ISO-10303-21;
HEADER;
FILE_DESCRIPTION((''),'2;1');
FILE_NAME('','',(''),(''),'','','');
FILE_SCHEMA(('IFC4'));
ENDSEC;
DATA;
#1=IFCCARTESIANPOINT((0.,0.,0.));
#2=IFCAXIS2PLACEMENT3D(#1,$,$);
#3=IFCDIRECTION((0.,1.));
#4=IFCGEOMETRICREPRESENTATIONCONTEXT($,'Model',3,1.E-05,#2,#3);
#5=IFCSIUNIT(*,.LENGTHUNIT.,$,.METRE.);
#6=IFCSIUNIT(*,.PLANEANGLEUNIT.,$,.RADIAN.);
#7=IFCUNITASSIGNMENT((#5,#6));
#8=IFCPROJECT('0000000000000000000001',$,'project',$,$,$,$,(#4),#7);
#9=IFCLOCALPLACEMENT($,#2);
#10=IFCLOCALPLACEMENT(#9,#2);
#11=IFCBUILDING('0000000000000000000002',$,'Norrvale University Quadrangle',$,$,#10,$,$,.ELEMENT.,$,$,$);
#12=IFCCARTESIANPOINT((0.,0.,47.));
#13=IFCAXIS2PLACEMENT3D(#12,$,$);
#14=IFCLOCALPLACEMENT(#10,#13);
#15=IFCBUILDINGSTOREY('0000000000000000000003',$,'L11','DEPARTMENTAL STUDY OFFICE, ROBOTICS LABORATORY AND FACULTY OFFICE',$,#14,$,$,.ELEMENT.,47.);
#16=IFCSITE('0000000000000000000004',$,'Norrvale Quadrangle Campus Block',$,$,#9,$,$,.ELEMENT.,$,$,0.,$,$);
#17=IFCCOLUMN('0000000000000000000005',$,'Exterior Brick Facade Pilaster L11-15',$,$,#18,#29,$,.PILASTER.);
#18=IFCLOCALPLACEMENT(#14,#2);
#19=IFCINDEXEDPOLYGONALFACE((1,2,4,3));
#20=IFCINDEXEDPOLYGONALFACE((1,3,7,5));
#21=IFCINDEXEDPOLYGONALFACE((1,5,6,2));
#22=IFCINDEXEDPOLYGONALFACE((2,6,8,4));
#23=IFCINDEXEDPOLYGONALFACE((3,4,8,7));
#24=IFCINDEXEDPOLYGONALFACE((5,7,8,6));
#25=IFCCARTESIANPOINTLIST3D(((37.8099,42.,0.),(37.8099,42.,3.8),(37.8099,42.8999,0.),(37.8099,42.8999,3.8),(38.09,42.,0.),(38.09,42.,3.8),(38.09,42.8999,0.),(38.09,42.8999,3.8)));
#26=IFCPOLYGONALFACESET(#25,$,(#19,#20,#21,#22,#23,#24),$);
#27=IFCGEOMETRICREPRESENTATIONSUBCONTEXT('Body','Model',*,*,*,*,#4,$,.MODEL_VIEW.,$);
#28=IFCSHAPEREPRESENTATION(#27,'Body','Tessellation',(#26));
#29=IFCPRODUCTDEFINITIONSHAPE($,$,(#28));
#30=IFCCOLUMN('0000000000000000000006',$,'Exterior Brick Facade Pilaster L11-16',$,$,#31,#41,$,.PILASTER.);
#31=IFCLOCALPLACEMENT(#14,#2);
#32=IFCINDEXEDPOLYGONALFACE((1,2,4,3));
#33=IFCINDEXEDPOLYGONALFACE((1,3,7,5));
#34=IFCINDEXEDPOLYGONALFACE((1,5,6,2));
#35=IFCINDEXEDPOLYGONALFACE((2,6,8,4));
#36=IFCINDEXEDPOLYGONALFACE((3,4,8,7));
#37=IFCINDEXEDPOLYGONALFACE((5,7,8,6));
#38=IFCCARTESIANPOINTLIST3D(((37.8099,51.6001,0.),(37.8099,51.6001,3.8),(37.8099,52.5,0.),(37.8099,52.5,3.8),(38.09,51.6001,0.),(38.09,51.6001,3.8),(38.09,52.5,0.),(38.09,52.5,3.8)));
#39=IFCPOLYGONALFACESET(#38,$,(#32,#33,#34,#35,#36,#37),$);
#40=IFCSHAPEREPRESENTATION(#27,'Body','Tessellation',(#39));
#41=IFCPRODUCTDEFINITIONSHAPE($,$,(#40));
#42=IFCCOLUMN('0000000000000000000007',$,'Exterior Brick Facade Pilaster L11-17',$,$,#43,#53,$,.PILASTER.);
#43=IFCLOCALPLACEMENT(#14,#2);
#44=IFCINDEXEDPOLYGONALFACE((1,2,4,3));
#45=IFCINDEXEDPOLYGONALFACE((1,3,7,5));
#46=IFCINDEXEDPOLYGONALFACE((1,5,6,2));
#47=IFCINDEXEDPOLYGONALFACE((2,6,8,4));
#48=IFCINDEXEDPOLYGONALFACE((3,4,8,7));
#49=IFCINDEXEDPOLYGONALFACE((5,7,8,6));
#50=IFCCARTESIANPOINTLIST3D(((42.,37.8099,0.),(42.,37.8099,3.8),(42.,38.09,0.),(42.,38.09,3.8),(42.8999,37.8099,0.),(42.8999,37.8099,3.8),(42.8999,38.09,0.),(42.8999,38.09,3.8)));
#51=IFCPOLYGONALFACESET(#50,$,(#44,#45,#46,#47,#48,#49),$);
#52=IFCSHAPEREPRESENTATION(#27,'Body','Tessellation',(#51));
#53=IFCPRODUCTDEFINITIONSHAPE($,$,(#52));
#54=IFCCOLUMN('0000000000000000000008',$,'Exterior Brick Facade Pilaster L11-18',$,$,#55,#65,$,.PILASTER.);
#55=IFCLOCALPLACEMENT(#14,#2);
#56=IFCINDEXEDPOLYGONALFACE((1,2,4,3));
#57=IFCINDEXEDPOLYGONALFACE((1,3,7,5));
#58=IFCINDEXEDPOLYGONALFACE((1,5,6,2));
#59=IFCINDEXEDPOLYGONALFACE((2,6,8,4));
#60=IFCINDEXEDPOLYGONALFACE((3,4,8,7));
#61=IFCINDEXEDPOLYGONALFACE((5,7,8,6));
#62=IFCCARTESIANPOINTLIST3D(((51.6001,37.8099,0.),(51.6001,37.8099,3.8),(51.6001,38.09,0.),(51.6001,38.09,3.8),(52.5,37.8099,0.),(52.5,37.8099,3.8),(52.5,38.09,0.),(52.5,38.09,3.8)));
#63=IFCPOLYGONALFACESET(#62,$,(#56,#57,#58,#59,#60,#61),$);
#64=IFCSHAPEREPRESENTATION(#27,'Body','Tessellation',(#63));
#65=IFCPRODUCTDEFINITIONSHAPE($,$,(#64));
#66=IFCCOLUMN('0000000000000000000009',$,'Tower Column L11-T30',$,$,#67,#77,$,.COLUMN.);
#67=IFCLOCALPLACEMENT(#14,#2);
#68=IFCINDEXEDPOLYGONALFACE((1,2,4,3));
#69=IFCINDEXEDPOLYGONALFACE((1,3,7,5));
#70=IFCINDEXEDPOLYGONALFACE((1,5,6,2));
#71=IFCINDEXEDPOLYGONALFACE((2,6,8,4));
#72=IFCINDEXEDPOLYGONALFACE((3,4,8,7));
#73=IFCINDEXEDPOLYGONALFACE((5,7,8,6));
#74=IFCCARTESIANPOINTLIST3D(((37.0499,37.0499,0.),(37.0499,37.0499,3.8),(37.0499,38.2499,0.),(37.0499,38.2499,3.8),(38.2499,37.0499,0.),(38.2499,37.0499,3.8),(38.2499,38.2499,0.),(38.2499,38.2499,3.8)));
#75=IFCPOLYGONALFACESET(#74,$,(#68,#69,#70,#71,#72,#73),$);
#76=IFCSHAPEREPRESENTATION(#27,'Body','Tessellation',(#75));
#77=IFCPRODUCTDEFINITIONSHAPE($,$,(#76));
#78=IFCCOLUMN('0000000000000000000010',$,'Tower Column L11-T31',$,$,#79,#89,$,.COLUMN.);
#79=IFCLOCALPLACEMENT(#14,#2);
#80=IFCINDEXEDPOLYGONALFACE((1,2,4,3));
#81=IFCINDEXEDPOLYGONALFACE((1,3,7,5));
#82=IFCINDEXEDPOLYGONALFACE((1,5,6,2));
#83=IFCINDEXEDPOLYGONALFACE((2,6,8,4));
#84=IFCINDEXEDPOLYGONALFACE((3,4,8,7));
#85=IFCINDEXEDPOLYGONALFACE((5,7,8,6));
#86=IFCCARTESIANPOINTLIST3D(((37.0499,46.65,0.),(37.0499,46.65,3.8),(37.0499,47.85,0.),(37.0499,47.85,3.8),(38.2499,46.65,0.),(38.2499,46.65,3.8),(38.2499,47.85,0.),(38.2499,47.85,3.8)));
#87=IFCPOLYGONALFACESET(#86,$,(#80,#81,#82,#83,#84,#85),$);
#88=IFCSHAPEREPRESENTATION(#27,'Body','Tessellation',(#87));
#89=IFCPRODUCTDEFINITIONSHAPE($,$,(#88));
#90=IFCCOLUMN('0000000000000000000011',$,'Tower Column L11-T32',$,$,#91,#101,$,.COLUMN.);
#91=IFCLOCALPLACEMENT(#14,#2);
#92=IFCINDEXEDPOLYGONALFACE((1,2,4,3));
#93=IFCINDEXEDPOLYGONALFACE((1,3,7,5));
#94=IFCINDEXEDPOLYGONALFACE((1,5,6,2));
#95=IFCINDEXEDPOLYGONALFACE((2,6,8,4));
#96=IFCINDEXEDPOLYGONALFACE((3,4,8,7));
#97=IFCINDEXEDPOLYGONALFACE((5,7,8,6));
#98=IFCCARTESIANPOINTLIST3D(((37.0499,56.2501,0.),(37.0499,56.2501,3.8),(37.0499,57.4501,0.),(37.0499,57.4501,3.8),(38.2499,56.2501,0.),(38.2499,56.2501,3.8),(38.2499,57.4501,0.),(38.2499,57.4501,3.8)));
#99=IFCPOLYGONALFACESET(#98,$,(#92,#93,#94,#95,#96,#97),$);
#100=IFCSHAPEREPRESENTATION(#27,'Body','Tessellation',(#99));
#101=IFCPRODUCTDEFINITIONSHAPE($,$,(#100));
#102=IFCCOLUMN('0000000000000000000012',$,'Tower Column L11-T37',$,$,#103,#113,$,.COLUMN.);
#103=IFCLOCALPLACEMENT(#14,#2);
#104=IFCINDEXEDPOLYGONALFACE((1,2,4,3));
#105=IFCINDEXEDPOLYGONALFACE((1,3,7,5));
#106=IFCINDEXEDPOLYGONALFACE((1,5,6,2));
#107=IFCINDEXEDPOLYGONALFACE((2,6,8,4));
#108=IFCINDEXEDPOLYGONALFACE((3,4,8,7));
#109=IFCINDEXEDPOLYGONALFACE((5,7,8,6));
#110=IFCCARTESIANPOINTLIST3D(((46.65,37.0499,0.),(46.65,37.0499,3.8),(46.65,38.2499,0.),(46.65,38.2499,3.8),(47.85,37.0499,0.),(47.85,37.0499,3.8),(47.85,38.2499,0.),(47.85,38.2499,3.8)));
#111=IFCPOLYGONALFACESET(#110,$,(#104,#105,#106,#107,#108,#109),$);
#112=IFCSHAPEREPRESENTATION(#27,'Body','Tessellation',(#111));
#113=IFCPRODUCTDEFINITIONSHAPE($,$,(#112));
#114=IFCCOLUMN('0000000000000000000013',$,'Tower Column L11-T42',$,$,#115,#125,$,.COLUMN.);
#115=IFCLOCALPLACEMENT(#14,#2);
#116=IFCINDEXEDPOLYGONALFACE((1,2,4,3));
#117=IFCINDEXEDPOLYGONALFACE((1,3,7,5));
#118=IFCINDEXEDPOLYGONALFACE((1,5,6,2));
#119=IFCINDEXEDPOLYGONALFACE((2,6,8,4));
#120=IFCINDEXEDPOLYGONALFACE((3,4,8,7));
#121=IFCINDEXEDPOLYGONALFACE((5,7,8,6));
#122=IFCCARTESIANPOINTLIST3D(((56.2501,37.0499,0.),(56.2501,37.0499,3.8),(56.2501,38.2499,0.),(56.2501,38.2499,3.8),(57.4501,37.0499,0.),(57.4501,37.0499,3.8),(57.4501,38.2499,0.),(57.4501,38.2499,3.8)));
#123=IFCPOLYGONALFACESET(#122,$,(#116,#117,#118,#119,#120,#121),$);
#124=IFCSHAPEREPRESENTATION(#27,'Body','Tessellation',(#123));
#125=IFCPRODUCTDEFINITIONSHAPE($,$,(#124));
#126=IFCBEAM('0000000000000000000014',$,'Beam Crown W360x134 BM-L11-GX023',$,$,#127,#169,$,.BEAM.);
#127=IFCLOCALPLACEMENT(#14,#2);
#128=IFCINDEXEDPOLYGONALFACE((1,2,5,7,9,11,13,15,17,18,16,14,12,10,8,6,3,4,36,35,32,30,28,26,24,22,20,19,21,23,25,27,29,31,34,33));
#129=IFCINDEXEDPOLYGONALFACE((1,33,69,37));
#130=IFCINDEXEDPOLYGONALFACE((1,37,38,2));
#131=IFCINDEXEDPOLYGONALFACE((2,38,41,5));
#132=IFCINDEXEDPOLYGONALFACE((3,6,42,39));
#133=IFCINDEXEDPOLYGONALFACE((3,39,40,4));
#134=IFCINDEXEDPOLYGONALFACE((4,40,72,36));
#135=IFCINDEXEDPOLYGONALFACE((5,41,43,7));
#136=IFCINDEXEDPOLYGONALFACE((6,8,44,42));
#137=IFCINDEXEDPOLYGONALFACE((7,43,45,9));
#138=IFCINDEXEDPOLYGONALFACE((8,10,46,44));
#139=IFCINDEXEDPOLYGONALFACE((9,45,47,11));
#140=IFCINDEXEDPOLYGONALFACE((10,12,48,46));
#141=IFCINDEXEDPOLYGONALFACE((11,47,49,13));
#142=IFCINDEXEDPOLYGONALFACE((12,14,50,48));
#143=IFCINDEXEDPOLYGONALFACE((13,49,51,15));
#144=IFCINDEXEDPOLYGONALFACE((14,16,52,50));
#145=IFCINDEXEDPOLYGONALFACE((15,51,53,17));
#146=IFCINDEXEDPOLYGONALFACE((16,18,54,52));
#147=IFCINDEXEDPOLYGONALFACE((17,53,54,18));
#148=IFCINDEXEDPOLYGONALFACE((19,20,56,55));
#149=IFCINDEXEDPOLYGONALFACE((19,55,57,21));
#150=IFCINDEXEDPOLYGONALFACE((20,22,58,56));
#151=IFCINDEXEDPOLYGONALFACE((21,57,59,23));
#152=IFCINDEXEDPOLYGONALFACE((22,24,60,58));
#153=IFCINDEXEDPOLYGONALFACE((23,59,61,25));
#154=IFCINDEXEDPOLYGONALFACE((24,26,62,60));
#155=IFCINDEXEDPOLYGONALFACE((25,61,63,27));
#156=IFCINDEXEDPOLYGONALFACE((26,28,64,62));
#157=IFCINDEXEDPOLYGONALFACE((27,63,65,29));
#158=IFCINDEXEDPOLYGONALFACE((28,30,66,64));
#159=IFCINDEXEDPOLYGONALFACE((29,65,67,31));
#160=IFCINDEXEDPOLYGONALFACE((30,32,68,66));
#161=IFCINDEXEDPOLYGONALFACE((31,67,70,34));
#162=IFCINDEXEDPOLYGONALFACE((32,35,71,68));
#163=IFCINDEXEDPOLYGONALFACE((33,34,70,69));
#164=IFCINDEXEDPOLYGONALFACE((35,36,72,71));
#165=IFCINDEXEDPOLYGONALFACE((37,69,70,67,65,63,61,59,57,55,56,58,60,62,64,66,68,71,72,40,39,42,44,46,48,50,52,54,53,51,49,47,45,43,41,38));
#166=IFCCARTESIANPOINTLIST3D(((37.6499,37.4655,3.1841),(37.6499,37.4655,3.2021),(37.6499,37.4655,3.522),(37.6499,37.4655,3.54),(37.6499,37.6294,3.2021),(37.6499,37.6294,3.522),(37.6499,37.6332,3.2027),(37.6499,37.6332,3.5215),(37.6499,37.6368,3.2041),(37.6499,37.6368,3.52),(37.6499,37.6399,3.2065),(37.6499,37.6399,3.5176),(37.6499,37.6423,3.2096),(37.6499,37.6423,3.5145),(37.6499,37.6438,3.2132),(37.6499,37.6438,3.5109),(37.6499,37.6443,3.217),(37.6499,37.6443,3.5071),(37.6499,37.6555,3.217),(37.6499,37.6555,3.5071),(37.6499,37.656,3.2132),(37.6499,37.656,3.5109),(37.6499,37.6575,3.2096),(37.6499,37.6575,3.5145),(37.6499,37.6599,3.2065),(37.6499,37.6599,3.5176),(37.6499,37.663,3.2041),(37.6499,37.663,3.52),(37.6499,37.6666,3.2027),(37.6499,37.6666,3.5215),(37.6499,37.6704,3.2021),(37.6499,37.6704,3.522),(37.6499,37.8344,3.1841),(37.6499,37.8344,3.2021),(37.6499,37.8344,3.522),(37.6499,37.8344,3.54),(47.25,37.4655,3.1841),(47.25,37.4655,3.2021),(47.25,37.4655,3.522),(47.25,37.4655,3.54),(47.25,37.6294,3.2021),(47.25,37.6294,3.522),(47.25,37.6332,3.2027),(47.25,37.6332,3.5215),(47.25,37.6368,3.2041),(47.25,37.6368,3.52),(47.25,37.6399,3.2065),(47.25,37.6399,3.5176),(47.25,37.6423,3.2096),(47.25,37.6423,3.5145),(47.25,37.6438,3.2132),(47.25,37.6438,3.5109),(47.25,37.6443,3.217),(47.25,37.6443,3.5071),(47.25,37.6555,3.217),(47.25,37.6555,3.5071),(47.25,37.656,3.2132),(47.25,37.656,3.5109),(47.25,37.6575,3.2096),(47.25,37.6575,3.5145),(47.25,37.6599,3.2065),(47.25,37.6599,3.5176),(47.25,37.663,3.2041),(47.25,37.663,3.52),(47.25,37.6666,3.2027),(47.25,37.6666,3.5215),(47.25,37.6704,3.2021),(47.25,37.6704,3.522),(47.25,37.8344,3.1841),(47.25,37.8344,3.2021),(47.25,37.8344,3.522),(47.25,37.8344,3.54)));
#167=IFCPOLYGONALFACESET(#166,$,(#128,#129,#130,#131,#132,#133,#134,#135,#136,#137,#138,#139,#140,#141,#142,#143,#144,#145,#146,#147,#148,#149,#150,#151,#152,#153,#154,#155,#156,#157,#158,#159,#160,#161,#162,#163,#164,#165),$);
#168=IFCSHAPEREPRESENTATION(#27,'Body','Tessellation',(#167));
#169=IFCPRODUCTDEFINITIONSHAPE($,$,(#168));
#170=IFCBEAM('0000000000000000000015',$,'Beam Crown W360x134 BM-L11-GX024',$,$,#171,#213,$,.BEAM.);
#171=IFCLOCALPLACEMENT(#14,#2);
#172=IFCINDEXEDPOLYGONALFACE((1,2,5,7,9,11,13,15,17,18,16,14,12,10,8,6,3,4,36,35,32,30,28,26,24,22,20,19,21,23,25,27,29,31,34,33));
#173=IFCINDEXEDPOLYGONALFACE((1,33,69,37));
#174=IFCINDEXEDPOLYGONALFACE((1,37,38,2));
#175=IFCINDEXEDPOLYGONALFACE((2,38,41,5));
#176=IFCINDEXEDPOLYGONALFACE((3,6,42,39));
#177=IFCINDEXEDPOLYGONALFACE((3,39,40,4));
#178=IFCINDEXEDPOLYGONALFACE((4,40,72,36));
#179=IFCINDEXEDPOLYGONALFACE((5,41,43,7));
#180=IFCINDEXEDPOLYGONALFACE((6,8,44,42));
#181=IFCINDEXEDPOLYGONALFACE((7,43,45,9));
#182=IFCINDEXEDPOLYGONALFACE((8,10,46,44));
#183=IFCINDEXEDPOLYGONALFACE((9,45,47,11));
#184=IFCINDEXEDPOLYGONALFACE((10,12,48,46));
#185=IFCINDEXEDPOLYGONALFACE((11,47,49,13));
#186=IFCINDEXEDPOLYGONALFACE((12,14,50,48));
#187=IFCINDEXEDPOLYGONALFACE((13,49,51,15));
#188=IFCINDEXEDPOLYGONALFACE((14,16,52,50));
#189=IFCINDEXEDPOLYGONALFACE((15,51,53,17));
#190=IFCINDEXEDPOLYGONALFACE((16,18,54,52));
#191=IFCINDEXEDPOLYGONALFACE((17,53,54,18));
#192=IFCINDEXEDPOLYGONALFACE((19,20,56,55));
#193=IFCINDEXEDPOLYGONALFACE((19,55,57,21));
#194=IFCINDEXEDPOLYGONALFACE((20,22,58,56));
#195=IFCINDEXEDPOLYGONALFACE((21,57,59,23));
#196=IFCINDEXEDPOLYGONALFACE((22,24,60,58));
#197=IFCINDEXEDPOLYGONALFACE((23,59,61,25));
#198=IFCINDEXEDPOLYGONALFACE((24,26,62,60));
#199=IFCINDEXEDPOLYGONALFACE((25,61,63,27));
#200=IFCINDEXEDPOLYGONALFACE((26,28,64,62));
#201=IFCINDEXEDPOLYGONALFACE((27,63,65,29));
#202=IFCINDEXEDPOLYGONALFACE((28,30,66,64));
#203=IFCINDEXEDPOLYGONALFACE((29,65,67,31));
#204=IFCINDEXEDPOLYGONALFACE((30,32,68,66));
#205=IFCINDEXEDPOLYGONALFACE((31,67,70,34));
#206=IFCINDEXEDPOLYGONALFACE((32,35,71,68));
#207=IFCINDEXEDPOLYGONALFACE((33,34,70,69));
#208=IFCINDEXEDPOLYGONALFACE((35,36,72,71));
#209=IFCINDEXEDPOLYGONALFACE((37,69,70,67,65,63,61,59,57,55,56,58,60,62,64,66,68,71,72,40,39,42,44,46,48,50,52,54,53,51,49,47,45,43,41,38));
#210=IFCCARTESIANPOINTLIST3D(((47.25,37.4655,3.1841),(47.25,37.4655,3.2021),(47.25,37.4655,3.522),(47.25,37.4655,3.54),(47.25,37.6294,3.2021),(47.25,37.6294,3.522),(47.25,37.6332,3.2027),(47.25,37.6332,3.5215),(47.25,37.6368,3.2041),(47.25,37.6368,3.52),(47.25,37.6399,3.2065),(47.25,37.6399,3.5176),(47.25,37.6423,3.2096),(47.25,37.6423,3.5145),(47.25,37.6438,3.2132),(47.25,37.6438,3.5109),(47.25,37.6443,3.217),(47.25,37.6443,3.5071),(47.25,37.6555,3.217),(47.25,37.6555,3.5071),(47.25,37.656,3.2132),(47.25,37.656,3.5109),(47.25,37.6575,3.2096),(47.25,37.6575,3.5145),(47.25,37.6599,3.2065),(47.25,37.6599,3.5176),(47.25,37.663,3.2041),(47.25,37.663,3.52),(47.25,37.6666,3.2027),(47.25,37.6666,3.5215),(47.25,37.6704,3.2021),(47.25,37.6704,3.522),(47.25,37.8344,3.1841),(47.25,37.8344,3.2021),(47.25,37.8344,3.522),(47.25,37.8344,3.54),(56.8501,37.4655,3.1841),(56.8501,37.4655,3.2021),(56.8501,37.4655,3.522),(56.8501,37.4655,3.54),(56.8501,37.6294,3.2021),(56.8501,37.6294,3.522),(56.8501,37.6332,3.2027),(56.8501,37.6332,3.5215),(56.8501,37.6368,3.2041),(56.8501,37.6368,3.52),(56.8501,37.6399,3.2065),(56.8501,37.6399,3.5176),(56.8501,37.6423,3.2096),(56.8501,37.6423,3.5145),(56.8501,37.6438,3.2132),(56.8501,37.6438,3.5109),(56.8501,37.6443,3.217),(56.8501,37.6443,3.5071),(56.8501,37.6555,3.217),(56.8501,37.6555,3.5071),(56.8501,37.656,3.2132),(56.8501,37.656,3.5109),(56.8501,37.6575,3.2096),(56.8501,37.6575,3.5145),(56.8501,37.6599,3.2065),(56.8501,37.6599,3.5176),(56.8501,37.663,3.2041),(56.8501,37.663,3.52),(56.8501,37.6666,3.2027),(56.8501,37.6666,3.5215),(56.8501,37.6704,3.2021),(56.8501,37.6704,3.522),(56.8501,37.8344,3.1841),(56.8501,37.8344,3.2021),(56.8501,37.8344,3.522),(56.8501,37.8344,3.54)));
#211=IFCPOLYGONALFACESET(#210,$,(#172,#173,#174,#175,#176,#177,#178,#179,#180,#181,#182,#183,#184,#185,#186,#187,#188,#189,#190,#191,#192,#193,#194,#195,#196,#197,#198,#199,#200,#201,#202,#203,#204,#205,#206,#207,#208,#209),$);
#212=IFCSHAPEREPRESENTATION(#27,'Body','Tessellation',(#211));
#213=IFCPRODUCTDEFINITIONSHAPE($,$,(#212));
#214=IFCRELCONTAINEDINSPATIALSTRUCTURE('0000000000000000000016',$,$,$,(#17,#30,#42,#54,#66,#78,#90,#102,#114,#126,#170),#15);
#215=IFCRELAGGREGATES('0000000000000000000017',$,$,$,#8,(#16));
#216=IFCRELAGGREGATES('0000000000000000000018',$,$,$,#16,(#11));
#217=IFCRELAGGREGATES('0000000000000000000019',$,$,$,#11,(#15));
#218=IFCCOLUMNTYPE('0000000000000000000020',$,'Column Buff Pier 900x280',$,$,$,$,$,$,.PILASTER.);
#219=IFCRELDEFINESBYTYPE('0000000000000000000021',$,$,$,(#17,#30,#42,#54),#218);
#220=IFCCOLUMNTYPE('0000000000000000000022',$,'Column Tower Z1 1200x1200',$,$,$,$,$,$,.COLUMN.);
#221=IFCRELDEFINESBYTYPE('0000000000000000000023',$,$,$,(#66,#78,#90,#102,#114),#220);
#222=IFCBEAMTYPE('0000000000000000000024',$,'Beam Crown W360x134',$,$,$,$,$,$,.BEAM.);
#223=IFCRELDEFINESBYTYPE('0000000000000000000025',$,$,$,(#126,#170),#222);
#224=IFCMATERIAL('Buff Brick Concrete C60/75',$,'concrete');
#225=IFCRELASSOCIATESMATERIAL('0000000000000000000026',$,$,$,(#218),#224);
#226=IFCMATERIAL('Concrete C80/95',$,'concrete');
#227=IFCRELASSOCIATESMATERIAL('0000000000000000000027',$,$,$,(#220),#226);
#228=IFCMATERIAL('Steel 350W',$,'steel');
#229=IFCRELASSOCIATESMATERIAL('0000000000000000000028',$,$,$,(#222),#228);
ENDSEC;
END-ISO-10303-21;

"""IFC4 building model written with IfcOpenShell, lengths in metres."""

from ifc_helpers import new_model, si_unit, direction, frame, origin, origin_2d, place, context, subcontext, project, spatial, rectangle, i_section, extrude, material, material_profile, profile_set, type_object, element, save


model = new_model("IFC4")

# Units and contexts
model_context = context("Model", 3, precision=1e-05, world=origin(), true_north=direction((0.0, 1.0)))
body_context = subcontext(model_context, "Body", "Model", "MODEL_VIEW")
ifc_project = project(units=[si_unit("LENGTHUNIT", "METRE"), si_unit("PLANEANGLEUNIT", "RADIAN")], contexts=[model_context])

# Site, building, storey
site_placement = place(None, origin())
site = spatial("IfcSite", under=ifc_project, at=site_placement, Name="Norrvale Quadrangle Campus Block", CompositionType="ELEMENT", RefElevation=0.0)
building_placement = place(site_placement, origin())
building = spatial("IfcBuilding", under=site, at=building_placement, Name="Norrvale University Quadrangle", CompositionType="ELEMENT")
storey_placement = place(building_placement, frame((0.0, 0.0, 47.0)))
storey = spatial("IfcBuildingStorey", under=building, at=storey_placement, Name="L11", Description="DEPARTMENTAL STUDY OFFICE, ROBOTICS LABORATORY AND FACULTY OFFICE", CompositionType="ELEMENT", Elevation=47.0)

# Columns
ifc_material_1 = material(Name="Buff Brick Concrete C60/75", Category="concrete")
ifc_material_profile_1 = material_profile(ifc_material_1, rectangle(XDim=0.8999, YDim=0.28, at=origin_2d()), Name="Buff Brick Concrete C60/75")
ifc_profile_set_1 = profile_set([ifc_material_profile_1], Name="Buff Brick Concrete C60/75")
column_type_1 = type_object("IfcColumnType", Name="Column Buff Pier 900x280", PredefinedType="PILASTER", material=ifc_profile_set_1)
for number, where, z_axis, x_axis, name in (
    (1, (37.95, 42.45, 0.0), (0.0, 0.0, 1.0), (0.0, 1.0, 0.0), "Exterior Brick Facade Pilaster L11-15"),
    (2, (37.95, 52.05, 0.0), (0.0, 0.0, 1.0), (0.0, 1.0, 0.0), "Exterior Brick Facade Pilaster L11-16"),
    (3, (42.45, 37.95, 0.0), (0.0, 0.0, 1.0), (1.0, 0.0, 0.0), "Exterior Brick Facade Pilaster L11-17"),
    (4, (52.05, 37.95, 0.0), (0.0, 0.0, 1.0), (1.0, 0.0, 0.0), "Exterior Brick Facade Pilaster L11-18"),
):
    element("IfcColumn", number, at=place(storey_placement, frame(where, z_axis=z_axis, x_axis=x_axis)), inside=storey, type_object=column_type_1, Name=name, PredefinedType="PILASTER", context=body_context, shape_type="SweptSolid", body=[
        extrude(rectangle(XDim=0.8999, YDim=0.28, at=origin_2d()), origin(), (0.0, 0.0, 1.0), 3.8),
    ])
ifc_material_2 = material(Name="Concrete C80/95", Category="concrete")
ifc_material_profile_2 = material_profile(ifc_material_2, rectangle(XDim=1.2, YDim=1.2, at=origin_2d()), Name="Concrete C80/95")
ifc_profile_set_2 = profile_set([ifc_material_profile_2], Name="Concrete C80/95")
column_type_2 = type_object("IfcColumnType", Name="Column Tower Z1 1200x1200", PredefinedType="COLUMN", material=ifc_profile_set_2)
for number, where, z_axis, x_axis, name in (
    (5, (37.6499, 37.6499, 0.0), (0.0, 0.0, 1.0), (1.0, 0.0, 0.0), "Tower Column L11-T30"),
    (6, (37.6499, 47.25, 0.0), (0.0, 0.0, 1.0), (1.0, 0.0, 0.0), "Tower Column L11-T31"),
    (7, (37.6499, 56.8501, 0.0), (0.0, 0.0, 1.0), (1.0, 0.0, 0.0), "Tower Column L11-T32"),
    (8, (47.25, 37.6499, 0.0), (0.0, 0.0, 1.0), (1.0, 0.0, 0.0), "Tower Column L11-T37"),
    (9, (56.8501, 37.6499, 0.0), (0.0, 0.0, 1.0), (1.0, 0.0, 0.0), "Tower Column L11-T42"),
):
    element("IfcColumn", number, at=place(storey_placement, frame(where, z_axis=z_axis, x_axis=x_axis)), inside=storey, type_object=column_type_2, Name=name, PredefinedType="COLUMN", context=body_context, shape_type="SweptSolid", body=[
        extrude(rectangle(XDim=1.2, YDim=1.2, at=origin_2d()), origin(), (0.0, 0.0, 1.0), 3.8),
    ])

# Beams
ifc_material_3 = material(Name="Steel 350W", Category="steel")
ifc_material_profile_3 = material_profile(ifc_material_3, i_section(OverallWidth=0.3689, OverallDepth=0.356, WebThickness=0.0112, FlangeThickness=0.0181, FilletRadius=0.0149, at=origin_2d()), Name="Steel 350W")
ifc_profile_set_3 = profile_set([ifc_material_profile_3], Name="Steel 350W")
beam_type_1 = type_object("IfcBeamType", Name="Beam Crown W360x134", PredefinedType="BEAM", material=ifc_profile_set_3)
for number, where, z_axis, x_axis, name in (
    (10, (37.6499, 37.6499, 3.3621), (1.0, 0.0, 0.0), (0.0, 1.0, 0.0), "Beam Crown W360x134 BM-L11-GX023"),
    (11, (47.25, 37.6499, 3.3621), (1.0, 0.0, 0.0), (0.0, 1.0, 0.0), "Beam Crown W360x134 BM-L11-GX024"),
):
    element("IfcBeam", number, at=place(storey_placement, frame(where, z_axis=z_axis, x_axis=x_axis)), inside=storey, type_object=beam_type_1, Name=name, PredefinedType="BEAM", context=body_context, shape_type="SweptSolid", body=[
        extrude(i_section(OverallWidth=0.3689, OverallDepth=0.356, WebThickness=0.0112, FlangeThickness=0.0181, FilletRadius=0.0149, at=origin_2d()), origin(), (0.0, 0.0, 1.0), 9.6001),
    ])

save(model, "model.ifc")
